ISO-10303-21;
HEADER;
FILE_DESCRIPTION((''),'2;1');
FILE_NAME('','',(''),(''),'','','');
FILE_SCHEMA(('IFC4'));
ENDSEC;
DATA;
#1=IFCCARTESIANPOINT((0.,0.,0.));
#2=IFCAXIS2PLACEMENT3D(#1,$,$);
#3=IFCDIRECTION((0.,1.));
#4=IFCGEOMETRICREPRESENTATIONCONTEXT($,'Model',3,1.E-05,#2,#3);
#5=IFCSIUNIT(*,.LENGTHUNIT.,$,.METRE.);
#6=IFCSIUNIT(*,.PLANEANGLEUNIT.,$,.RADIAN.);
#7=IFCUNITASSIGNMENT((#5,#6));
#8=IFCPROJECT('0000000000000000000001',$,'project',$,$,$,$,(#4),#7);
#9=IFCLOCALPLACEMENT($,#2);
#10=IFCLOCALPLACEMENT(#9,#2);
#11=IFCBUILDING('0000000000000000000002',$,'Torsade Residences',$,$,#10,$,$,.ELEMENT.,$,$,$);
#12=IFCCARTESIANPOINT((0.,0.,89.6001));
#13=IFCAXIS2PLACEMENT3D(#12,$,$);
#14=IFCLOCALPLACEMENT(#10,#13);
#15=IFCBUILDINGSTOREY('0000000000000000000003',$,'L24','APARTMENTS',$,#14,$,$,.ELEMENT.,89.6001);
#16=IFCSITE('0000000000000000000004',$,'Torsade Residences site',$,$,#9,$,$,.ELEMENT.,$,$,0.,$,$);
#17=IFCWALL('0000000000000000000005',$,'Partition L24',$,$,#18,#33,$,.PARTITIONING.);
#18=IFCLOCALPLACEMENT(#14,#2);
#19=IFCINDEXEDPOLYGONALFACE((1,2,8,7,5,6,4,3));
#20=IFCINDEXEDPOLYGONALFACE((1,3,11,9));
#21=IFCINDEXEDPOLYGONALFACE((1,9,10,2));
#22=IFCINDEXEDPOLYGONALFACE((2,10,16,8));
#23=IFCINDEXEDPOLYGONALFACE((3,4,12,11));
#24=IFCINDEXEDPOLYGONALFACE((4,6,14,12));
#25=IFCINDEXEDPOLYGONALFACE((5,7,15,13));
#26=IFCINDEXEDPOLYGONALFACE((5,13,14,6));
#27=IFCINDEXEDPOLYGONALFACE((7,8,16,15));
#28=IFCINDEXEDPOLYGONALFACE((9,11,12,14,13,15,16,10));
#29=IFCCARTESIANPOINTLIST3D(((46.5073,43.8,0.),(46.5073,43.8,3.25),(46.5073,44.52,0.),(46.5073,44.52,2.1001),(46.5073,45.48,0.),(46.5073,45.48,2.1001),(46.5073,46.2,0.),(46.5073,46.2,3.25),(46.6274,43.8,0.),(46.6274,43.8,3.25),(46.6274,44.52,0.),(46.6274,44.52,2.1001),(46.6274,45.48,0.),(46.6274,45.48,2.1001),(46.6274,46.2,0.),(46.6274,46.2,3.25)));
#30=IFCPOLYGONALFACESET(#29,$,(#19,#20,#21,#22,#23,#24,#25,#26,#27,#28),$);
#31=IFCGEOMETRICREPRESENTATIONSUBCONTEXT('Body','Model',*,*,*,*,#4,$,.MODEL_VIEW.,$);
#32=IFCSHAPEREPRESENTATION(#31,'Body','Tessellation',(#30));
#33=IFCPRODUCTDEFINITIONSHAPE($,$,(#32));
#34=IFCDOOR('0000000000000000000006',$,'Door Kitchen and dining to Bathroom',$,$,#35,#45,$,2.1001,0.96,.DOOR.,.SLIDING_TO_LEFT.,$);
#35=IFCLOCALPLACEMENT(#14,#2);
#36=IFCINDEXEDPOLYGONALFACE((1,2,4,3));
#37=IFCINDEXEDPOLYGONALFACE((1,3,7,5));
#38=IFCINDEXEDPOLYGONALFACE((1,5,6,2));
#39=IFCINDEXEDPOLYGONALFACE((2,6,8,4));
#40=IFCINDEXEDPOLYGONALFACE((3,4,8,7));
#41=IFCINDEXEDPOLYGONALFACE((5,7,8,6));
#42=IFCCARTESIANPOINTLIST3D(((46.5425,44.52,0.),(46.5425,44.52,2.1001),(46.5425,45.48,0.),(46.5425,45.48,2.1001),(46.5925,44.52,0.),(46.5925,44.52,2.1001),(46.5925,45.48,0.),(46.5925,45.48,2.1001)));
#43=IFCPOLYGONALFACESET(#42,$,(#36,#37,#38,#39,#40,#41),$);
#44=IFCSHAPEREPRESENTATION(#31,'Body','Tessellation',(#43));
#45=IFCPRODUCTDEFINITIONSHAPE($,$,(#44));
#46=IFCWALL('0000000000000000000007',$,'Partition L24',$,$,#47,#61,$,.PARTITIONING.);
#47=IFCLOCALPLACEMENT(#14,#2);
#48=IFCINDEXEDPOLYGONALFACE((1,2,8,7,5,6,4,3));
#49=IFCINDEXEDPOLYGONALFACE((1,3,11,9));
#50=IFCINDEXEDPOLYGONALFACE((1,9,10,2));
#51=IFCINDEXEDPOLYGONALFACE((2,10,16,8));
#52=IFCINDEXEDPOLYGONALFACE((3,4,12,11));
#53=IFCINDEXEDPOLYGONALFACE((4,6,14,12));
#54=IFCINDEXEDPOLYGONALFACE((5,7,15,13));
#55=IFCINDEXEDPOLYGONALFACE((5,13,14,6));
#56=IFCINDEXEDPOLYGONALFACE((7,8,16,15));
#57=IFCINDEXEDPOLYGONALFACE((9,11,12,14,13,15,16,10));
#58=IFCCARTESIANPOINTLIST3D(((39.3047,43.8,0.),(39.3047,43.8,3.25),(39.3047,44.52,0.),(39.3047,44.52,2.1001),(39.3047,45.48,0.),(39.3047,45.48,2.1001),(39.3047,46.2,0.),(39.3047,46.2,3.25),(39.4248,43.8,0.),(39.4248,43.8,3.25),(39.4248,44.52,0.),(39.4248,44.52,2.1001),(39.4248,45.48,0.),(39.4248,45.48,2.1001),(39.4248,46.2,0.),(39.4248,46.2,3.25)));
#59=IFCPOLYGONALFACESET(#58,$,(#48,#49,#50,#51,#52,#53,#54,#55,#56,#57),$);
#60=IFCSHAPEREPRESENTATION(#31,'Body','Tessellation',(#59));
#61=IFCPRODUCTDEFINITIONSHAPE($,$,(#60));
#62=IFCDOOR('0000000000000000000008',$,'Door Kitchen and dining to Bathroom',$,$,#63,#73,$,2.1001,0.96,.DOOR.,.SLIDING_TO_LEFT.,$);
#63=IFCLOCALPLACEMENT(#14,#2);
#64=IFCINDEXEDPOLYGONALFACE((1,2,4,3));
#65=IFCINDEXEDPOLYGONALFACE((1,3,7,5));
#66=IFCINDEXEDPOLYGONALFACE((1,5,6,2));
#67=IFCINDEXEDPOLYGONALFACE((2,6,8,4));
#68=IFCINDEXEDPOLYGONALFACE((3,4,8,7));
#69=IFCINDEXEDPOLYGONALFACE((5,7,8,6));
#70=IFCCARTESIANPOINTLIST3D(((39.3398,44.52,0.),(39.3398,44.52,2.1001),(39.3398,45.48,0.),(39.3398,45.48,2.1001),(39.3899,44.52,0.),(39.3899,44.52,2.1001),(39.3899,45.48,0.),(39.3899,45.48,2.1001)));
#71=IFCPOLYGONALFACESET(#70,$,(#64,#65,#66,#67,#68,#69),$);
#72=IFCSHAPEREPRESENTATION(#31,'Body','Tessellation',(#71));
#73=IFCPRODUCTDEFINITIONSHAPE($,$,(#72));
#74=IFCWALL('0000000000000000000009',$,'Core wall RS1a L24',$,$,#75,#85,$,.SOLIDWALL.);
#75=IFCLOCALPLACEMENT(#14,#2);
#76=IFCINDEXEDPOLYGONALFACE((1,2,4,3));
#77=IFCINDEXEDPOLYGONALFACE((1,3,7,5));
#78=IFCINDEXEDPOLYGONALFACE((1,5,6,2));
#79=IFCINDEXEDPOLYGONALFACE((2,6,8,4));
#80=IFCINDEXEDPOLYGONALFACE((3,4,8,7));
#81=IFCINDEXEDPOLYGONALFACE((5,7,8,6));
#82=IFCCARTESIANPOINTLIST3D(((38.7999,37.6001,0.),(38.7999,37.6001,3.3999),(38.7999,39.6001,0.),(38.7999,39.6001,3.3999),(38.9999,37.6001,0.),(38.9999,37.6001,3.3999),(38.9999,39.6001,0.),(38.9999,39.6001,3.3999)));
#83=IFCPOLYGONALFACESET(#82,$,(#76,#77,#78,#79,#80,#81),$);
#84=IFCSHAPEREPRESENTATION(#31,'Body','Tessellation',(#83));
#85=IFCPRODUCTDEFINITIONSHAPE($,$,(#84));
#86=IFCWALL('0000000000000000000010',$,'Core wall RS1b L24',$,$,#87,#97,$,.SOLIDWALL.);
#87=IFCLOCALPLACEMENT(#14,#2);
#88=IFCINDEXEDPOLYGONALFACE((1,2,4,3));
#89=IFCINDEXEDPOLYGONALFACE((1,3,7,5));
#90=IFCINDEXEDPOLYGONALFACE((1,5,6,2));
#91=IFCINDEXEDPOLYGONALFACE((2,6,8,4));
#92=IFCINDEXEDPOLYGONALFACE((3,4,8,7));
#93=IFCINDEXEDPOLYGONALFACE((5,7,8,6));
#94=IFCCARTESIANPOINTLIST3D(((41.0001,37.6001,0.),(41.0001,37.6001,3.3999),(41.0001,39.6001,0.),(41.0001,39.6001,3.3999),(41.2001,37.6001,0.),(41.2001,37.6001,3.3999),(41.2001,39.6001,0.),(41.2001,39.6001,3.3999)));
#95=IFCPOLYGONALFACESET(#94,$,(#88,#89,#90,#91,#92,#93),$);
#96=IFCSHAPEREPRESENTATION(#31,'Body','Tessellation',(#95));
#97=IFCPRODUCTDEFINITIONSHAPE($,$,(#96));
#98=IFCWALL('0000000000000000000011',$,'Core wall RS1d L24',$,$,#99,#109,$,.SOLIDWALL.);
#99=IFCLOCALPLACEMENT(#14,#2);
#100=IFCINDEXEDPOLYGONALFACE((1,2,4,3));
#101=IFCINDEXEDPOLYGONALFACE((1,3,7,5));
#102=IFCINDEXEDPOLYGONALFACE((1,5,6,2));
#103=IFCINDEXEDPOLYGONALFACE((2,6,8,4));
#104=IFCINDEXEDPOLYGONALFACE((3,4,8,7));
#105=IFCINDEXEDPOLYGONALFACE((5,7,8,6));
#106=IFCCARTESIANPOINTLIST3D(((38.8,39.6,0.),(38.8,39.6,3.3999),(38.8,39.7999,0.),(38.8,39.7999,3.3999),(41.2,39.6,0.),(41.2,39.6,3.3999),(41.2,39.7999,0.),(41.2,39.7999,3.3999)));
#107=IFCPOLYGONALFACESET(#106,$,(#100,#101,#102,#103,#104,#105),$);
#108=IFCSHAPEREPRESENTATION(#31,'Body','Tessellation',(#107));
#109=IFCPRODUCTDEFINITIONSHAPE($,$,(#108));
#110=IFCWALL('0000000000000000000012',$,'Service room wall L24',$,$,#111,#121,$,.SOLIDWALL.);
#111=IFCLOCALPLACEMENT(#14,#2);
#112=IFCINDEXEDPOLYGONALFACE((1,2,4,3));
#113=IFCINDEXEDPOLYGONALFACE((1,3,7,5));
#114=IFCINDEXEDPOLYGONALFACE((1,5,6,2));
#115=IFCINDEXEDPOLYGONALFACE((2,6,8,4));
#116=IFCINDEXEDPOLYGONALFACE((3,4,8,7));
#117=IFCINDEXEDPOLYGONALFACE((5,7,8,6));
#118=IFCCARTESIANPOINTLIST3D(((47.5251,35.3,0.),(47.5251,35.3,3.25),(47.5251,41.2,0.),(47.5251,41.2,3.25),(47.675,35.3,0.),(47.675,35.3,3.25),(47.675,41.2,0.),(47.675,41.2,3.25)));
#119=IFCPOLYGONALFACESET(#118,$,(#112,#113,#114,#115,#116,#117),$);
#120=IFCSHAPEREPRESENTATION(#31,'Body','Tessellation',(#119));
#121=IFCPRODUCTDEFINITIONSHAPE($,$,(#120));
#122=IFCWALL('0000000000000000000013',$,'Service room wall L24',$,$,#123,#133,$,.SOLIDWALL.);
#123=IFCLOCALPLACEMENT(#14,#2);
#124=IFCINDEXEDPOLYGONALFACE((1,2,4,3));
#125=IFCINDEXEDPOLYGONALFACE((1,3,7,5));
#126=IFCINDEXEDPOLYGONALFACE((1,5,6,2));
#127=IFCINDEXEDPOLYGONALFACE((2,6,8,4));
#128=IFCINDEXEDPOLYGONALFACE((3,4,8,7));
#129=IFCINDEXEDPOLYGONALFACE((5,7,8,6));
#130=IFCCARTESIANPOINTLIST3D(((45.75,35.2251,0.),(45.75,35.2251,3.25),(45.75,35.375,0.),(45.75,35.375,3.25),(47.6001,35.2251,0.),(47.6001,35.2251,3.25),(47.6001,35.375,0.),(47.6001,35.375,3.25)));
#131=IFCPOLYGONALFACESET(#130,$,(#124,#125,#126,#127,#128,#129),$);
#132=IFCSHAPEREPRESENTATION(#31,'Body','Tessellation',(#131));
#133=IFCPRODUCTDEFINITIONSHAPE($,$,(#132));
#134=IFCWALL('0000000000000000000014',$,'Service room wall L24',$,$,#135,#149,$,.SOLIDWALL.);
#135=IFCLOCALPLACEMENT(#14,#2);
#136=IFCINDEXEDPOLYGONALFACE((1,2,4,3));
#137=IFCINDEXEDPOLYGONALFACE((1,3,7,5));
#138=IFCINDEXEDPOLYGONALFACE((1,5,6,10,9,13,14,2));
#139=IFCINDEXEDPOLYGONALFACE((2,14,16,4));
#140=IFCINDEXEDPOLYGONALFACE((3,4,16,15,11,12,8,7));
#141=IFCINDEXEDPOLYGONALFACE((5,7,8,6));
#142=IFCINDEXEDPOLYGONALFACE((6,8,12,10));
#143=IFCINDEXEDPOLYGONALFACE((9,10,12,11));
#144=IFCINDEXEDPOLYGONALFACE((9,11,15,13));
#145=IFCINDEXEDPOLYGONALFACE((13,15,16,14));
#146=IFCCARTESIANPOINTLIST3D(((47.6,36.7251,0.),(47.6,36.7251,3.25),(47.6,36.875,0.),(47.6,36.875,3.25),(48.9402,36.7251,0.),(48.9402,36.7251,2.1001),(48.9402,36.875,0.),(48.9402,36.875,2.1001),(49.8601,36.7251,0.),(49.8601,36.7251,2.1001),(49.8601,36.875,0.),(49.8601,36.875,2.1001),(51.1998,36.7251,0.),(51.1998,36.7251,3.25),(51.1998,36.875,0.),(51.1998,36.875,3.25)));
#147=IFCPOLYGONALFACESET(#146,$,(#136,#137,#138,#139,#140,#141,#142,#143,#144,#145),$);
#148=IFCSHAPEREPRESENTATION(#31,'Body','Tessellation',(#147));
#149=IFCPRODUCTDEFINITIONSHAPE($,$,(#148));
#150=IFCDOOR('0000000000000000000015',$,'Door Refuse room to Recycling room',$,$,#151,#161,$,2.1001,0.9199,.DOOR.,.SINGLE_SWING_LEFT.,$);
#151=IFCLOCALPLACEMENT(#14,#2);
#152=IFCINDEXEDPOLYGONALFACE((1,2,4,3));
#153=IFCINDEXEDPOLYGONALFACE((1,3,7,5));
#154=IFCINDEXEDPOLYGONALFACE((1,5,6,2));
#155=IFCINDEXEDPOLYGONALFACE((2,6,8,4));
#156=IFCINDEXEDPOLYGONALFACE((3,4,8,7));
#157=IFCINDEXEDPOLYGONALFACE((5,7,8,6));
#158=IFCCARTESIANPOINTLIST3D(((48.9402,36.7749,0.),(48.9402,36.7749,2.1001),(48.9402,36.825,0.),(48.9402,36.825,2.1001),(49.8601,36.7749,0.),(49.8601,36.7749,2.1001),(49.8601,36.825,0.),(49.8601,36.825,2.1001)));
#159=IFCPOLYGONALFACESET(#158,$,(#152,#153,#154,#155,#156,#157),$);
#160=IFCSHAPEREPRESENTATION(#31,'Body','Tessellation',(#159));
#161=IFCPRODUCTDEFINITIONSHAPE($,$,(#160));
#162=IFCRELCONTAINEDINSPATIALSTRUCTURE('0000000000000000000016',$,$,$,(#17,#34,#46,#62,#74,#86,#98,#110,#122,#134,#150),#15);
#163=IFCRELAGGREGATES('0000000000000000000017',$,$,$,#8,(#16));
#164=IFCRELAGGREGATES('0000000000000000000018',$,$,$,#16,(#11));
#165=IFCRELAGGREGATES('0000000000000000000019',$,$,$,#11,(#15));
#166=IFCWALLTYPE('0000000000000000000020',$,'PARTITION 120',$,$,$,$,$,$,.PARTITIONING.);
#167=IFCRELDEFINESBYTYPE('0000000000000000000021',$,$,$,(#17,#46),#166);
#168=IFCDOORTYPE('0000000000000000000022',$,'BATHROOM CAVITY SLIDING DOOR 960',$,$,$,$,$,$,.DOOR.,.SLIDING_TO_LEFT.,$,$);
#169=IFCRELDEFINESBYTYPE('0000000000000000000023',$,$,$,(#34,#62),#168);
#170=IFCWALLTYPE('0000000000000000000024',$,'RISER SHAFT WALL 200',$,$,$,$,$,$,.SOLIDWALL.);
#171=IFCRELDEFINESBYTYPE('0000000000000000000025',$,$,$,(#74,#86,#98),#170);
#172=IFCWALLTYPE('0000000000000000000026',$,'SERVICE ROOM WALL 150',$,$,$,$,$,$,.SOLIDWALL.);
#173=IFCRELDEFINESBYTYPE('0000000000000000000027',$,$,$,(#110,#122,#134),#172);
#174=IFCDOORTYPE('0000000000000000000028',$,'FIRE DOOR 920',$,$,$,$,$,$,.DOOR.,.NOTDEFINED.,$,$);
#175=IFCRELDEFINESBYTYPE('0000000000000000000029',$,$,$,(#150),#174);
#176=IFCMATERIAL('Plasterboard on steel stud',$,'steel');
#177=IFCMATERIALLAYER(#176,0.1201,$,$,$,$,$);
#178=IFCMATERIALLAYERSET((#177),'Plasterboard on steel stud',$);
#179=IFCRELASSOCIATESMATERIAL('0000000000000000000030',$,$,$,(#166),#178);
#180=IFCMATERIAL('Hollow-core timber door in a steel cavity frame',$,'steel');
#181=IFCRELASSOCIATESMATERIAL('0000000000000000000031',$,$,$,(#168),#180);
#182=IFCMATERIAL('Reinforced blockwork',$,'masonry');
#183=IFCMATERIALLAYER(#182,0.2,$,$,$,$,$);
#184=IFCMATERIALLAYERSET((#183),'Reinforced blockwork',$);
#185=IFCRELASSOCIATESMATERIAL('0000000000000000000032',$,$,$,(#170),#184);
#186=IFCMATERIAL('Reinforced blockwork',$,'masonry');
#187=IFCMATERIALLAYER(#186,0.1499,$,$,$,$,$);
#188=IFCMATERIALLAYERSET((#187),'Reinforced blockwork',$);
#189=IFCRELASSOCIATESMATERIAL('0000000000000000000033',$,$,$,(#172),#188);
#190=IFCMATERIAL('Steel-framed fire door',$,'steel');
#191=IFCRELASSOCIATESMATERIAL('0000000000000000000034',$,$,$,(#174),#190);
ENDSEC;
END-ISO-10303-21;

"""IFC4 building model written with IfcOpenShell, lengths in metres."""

from ifc_helpers import new_model, si_unit, direction, frame, frame_2d, origin, place, context, subcontext, project, spatial, rectangle, extrude, material, layer, layer_set, type_object, element, fill, save


model = new_model("IFC4")

# Units and contexts
model_context = context("Model", 3, precision=1e-05, world=origin(), true_north=direction((0.0, 1.0)))
body_context = subcontext(model_context, "Body", "Model", "MODEL_VIEW")
ifc_project = project(units=[si_unit("LENGTHUNIT", "METRE"), si_unit("PLANEANGLEUNIT", "RADIAN")], contexts=[model_context])

# Site, building, storey
site_placement = place(None, origin())
site = spatial("IfcSite", under=ifc_project, at=site_placement, Name="Torsade Residences site", CompositionType="ELEMENT", RefElevation=0.0)
building_placement = place(site_placement, origin())
building = spatial("IfcBuilding", under=site, at=building_placement, Name="Torsade Residences", CompositionType="ELEMENT")
storey_placement = place(building_placement, frame((0.0, 0.0, 89.6001)))
storey = spatial("IfcBuildingStorey", under=building, at=storey_placement, Name="L24", Description="APARTMENTS", CompositionType="ELEMENT", Elevation=89.6001)

# Walls, openings, doors
ifc_material_1 = material(Name="Plasterboard on steel stud", Category="steel")
ifc_layer_1 = layer(ifc_material_1, 0.1201)
ifc_layer_set_1 = layer_set([ifc_layer_1], Name="Plasterboard on steel stud")
wall_type_1 = type_object("IfcWallType", Name="PARTITION 120", PredefinedType="PARTITIONING", material=ifc_layer_set_1)
wall_1_placement = place(storey_placement, frame((46.5674, 43.8, 0.0), z_axis=(0.0, 0.0, 1.0), x_axis=(0.0, 1.0, 0.0)))
wall_1 = element("IfcWall", 1, at=wall_1_placement, inside=storey, type_object=wall_type_1, Name="Partition L24", PredefinedType="PARTITIONING", context=body_context, shape_type="SweptSolid", body=[
    extrude(rectangle(XDim=2.3999, YDim=0.1201, at=frame_2d((1.2, 0.0))), origin(), (0.0, 0.0, 1.0), 3.25),
])
opening_1_placement = place(wall_1_placement, frame((0.72, 0.0, 0.0)))
opening_1 = element("IfcOpeningElement", 2, at=opening_1_placement, cuts=wall_1, PredefinedType="OPENING", context=body_context, shape_type="SweptSolid", body=[
    extrude(rectangle(XDim=0.96, YDim=2.1001, at=frame_2d((0.48, 1.05))), frame((0.0, 0.0701, 0.0), z_axis=(0.0, -1.0, 0.0), x_axis=(1.0, 0.0, 0.0)), (0.0, 0.0, 1.0), 0.1401),
])
ifc_material_2 = material(Name="Hollow-core timber door in a steel cavity frame", Category="steel")
door_type_1 = type_object("IfcDoorType", Name="BATHROOM CAVITY SLIDING DOOR 960", OperationType="SLIDING_TO_LEFT", PredefinedType="DOOR", material=ifc_material_2)
door_1_placement = place(opening_1_placement, origin())
door_1 = element("IfcDoor", 3, at=door_1_placement, inside=storey, type_object=door_type_1, Name="Door Kitchen and dining to Bathroom", OperationType="SLIDING_TO_LEFT", OverallHeight=2.1001, OverallWidth=0.96, PredefinedType="DOOR", context=body_context, shape_type="SweptSolid", body=[
    extrude(rectangle(XDim=0.96, YDim=2.1001, at=frame_2d((0.48, 1.05))), frame((0.0, 0.0249, 0.0), z_axis=(0.0, -1.0, 0.0), x_axis=(1.0, 0.0, 0.0)), (0.0, 0.0, 1.0), 0.05),
])
fill(opening_1, door_1)
wall_2_placement = place(storey_placement, frame((39.3647, 43.8, 0.0), z_axis=(0.0, 0.0, 1.0), x_axis=(0.0, 1.0, 0.0)))
wall_2 = element("IfcWall", 4, at=wall_2_placement, inside=storey, type_object=wall_type_1, Name="Partition L24", PredefinedType="PARTITIONING", context=body_context, shape_type="SweptSolid", body=[
    extrude(rectangle(XDim=2.3999, YDim=0.1201, at=frame_2d((1.2, 0.0))), origin(), (0.0, 0.0, 1.0), 3.25),
])
opening_2_placement = place(wall_2_placement, frame((0.72, 0.0, 0.0)))
opening_2 = element("IfcOpeningElement", 5, at=opening_2_placement, cuts=wall_2, PredefinedType="OPENING", context=body_context, shape_type="SweptSolid", body=[
    extrude(rectangle(XDim=0.96, YDim=2.1001, at=frame_2d((0.48, 1.05))), frame((0.0, 0.0701, 0.0), z_axis=(0.0, -1.0, 0.0), x_axis=(1.0, 0.0, 0.0)), (0.0, 0.0, 1.0), 0.1401),
])
door_2_placement = place(opening_2_placement, origin())
door_2 = element("IfcDoor", 6, at=door_2_placement, inside=storey, type_object=door_type_1, Name="Door Kitchen and dining to Bathroom", OperationType="SLIDING_TO_LEFT", OverallHeight=2.1001, OverallWidth=0.96, PredefinedType="DOOR", context=body_context, shape_type="SweptSolid", body=[
    extrude(rectangle(XDim=0.96, YDim=2.1001, at=frame_2d((0.48, 1.05))), frame((0.0, 0.0249, 0.0), z_axis=(0.0, -1.0, 0.0), x_axis=(1.0, 0.0, 0.0)), (0.0, 0.0, 1.0), 0.05),
])
fill(opening_2, door_2)

# Walls
ifc_material_3 = material(Name="Reinforced blockwork", Category="masonry")
ifc_layer_2 = layer(ifc_material_3, 0.2)
ifc_layer_set_2 = layer_set([ifc_layer_2], Name="Reinforced blockwork")
wall_type_2 = type_object("IfcWallType", Name="RISER SHAFT WALL 200", PredefinedType="SOLIDWALL", material=ifc_layer_set_2)
for number, where, z_axis, x_axis, name in (
    (7, (38.8999, 37.6001, 0.0), (0.0, 0.0, 1.0), (0.0, 1.0, 0.0), "Core wall RS1a L24"),
    (8, (41.1001, 37.6001, 0.0), (0.0, 0.0, 1.0), (0.0, 1.0, 0.0), "Core wall RS1b L24"),
):
    element("IfcWall", number, at=place(storey_placement, frame(where, z_axis=z_axis, x_axis=x_axis)), inside=storey, type_object=wall_type_2, Name=name, PredefinedType="SOLIDWALL", context=body_context, shape_type="SweptSolid", body=[
        extrude(rectangle(XDim=2.0, YDim=0.2, at=frame_2d((1.0, 0.0))), origin(), (0.0, 0.0, 1.0), 3.3999),
    ])
wall_3_placement = place(storey_placement, frame((38.8, 39.7, 0.0), z_axis=(0.0, 0.0, 1.0), x_axis=(1.0, 0.0, 0.0)))
element("IfcWall", 9, at=wall_3_placement, inside=storey, type_object=wall_type_2, Name="Core wall RS1d L24", PredefinedType="SOLIDWALL", context=body_context, shape_type="SweptSolid", body=[
    extrude(rectangle(XDim=2.3999, YDim=0.2, at=frame_2d((1.2, 0.0))), origin(), (0.0, 0.0, 1.0), 3.3999),
])
ifc_material_4 = material(Name="Reinforced blockwork", Category="masonry")
ifc_layer_3 = layer(ifc_material_4, 0.1499)
ifc_layer_set_3 = layer_set([ifc_layer_3], Name="Reinforced blockwork")
wall_type_3 = type_object("IfcWallType", Name="SERVICE ROOM WALL 150", PredefinedType="SOLIDWALL", material=ifc_layer_set_3)
wall_4_placement = place(storey_placement, frame((47.6001, 41.2, 0.0), z_axis=(0.0, 0.0, 1.0), x_axis=(0.0, -1.0, 0.0)))
element("IfcWall", 10, at=wall_4_placement, inside=storey, type_object=wall_type_3, Name="Service room wall L24", PredefinedType="SOLIDWALL", context=body_context, shape_type="SweptSolid", body=[
    extrude(rectangle(XDim=5.8999, YDim=0.1499, at=frame_2d((2.95, 0.0))), origin(), (0.0, 0.0, 1.0), 3.25),
])
wall_5_placement = place(storey_placement, frame((47.6001, 35.3, 0.0), z_axis=(0.0, 0.0, 1.0), x_axis=(-1.0, 0.0, 0.0)))
element("IfcWall", 11, at=wall_5_placement, inside=storey, type_object=wall_type_3, Name="Service room wall L24", PredefinedType="SOLIDWALL", context=body_context, shape_type="SweptSolid", body=[
    extrude(rectangle(XDim=1.8501, YDim=0.1499, at=frame_2d((0.925, 0.0))), origin(), (0.0, 0.0, 1.0), 3.25),
])

# Wall, opening, door
wall_6_placement = place(storey_placement, frame((47.6001, 36.8, 0.0), z_axis=(0.0, 0.0, 1.0), x_axis=(1.0, 0.0, 0.0)))
wall_6 = element("IfcWall", 12, at=wall_6_placement, inside=storey, type_object=wall_type_3, Name="Service room wall L24", PredefinedType="SOLIDWALL", context=body_context, shape_type="SweptSolid", body=[
    extrude(rectangle(XDim=3.5999, YDim=0.1499, at=frame_2d((1.7998, 0.0))), origin(), (0.0, 0.0, 1.0), 3.25),
])
opening_3_placement = place(wall_6_placement, frame((1.3401, 0.0, 0.0)))
opening_3 = element("IfcOpeningElement", 13, at=opening_3_placement, cuts=wall_6, PredefinedType="OPENING", context=body_context, shape_type="SweptSolid", body=[
    extrude(rectangle(XDim=0.9199, YDim=2.1001, at=frame_2d((0.46, 1.05))), frame((0.0, 0.085, 0.0), z_axis=(0.0, -1.0, 0.0), x_axis=(1.0, 0.0, 0.0)), (0.0, 0.0, 1.0), 0.1699),
])
ifc_material_5 = material(Name="Steel-framed fire door", Category="steel")
door_type_2 = type_object("IfcDoorType", Name="FIRE DOOR 920", OperationType="NOTDEFINED", PredefinedType="DOOR", material=ifc_material_5)
door_3_placement = place(opening_3_placement, origin())
door_3 = element("IfcDoor", 14, at=door_3_placement, inside=storey, type_object=door_type_2, Name="Door Refuse room to Recycling room", OperationType="SINGLE_SWING_LEFT", OverallHeight=2.1001, OverallWidth=0.9199, PredefinedType="DOOR", context=body_context, shape_type="SweptSolid", body=[
    extrude(rectangle(XDim=0.9199, YDim=2.1001, at=frame_2d((0.46, 1.05))), frame((0.0, 0.0249, 0.0), z_axis=(0.0, -1.0, 0.0), x_axis=(1.0, 0.0, 0.0)), (0.0, 0.0, 1.0), 0.05),
])
fill(opening_3, door_3)

save(model, "model.ifc")
